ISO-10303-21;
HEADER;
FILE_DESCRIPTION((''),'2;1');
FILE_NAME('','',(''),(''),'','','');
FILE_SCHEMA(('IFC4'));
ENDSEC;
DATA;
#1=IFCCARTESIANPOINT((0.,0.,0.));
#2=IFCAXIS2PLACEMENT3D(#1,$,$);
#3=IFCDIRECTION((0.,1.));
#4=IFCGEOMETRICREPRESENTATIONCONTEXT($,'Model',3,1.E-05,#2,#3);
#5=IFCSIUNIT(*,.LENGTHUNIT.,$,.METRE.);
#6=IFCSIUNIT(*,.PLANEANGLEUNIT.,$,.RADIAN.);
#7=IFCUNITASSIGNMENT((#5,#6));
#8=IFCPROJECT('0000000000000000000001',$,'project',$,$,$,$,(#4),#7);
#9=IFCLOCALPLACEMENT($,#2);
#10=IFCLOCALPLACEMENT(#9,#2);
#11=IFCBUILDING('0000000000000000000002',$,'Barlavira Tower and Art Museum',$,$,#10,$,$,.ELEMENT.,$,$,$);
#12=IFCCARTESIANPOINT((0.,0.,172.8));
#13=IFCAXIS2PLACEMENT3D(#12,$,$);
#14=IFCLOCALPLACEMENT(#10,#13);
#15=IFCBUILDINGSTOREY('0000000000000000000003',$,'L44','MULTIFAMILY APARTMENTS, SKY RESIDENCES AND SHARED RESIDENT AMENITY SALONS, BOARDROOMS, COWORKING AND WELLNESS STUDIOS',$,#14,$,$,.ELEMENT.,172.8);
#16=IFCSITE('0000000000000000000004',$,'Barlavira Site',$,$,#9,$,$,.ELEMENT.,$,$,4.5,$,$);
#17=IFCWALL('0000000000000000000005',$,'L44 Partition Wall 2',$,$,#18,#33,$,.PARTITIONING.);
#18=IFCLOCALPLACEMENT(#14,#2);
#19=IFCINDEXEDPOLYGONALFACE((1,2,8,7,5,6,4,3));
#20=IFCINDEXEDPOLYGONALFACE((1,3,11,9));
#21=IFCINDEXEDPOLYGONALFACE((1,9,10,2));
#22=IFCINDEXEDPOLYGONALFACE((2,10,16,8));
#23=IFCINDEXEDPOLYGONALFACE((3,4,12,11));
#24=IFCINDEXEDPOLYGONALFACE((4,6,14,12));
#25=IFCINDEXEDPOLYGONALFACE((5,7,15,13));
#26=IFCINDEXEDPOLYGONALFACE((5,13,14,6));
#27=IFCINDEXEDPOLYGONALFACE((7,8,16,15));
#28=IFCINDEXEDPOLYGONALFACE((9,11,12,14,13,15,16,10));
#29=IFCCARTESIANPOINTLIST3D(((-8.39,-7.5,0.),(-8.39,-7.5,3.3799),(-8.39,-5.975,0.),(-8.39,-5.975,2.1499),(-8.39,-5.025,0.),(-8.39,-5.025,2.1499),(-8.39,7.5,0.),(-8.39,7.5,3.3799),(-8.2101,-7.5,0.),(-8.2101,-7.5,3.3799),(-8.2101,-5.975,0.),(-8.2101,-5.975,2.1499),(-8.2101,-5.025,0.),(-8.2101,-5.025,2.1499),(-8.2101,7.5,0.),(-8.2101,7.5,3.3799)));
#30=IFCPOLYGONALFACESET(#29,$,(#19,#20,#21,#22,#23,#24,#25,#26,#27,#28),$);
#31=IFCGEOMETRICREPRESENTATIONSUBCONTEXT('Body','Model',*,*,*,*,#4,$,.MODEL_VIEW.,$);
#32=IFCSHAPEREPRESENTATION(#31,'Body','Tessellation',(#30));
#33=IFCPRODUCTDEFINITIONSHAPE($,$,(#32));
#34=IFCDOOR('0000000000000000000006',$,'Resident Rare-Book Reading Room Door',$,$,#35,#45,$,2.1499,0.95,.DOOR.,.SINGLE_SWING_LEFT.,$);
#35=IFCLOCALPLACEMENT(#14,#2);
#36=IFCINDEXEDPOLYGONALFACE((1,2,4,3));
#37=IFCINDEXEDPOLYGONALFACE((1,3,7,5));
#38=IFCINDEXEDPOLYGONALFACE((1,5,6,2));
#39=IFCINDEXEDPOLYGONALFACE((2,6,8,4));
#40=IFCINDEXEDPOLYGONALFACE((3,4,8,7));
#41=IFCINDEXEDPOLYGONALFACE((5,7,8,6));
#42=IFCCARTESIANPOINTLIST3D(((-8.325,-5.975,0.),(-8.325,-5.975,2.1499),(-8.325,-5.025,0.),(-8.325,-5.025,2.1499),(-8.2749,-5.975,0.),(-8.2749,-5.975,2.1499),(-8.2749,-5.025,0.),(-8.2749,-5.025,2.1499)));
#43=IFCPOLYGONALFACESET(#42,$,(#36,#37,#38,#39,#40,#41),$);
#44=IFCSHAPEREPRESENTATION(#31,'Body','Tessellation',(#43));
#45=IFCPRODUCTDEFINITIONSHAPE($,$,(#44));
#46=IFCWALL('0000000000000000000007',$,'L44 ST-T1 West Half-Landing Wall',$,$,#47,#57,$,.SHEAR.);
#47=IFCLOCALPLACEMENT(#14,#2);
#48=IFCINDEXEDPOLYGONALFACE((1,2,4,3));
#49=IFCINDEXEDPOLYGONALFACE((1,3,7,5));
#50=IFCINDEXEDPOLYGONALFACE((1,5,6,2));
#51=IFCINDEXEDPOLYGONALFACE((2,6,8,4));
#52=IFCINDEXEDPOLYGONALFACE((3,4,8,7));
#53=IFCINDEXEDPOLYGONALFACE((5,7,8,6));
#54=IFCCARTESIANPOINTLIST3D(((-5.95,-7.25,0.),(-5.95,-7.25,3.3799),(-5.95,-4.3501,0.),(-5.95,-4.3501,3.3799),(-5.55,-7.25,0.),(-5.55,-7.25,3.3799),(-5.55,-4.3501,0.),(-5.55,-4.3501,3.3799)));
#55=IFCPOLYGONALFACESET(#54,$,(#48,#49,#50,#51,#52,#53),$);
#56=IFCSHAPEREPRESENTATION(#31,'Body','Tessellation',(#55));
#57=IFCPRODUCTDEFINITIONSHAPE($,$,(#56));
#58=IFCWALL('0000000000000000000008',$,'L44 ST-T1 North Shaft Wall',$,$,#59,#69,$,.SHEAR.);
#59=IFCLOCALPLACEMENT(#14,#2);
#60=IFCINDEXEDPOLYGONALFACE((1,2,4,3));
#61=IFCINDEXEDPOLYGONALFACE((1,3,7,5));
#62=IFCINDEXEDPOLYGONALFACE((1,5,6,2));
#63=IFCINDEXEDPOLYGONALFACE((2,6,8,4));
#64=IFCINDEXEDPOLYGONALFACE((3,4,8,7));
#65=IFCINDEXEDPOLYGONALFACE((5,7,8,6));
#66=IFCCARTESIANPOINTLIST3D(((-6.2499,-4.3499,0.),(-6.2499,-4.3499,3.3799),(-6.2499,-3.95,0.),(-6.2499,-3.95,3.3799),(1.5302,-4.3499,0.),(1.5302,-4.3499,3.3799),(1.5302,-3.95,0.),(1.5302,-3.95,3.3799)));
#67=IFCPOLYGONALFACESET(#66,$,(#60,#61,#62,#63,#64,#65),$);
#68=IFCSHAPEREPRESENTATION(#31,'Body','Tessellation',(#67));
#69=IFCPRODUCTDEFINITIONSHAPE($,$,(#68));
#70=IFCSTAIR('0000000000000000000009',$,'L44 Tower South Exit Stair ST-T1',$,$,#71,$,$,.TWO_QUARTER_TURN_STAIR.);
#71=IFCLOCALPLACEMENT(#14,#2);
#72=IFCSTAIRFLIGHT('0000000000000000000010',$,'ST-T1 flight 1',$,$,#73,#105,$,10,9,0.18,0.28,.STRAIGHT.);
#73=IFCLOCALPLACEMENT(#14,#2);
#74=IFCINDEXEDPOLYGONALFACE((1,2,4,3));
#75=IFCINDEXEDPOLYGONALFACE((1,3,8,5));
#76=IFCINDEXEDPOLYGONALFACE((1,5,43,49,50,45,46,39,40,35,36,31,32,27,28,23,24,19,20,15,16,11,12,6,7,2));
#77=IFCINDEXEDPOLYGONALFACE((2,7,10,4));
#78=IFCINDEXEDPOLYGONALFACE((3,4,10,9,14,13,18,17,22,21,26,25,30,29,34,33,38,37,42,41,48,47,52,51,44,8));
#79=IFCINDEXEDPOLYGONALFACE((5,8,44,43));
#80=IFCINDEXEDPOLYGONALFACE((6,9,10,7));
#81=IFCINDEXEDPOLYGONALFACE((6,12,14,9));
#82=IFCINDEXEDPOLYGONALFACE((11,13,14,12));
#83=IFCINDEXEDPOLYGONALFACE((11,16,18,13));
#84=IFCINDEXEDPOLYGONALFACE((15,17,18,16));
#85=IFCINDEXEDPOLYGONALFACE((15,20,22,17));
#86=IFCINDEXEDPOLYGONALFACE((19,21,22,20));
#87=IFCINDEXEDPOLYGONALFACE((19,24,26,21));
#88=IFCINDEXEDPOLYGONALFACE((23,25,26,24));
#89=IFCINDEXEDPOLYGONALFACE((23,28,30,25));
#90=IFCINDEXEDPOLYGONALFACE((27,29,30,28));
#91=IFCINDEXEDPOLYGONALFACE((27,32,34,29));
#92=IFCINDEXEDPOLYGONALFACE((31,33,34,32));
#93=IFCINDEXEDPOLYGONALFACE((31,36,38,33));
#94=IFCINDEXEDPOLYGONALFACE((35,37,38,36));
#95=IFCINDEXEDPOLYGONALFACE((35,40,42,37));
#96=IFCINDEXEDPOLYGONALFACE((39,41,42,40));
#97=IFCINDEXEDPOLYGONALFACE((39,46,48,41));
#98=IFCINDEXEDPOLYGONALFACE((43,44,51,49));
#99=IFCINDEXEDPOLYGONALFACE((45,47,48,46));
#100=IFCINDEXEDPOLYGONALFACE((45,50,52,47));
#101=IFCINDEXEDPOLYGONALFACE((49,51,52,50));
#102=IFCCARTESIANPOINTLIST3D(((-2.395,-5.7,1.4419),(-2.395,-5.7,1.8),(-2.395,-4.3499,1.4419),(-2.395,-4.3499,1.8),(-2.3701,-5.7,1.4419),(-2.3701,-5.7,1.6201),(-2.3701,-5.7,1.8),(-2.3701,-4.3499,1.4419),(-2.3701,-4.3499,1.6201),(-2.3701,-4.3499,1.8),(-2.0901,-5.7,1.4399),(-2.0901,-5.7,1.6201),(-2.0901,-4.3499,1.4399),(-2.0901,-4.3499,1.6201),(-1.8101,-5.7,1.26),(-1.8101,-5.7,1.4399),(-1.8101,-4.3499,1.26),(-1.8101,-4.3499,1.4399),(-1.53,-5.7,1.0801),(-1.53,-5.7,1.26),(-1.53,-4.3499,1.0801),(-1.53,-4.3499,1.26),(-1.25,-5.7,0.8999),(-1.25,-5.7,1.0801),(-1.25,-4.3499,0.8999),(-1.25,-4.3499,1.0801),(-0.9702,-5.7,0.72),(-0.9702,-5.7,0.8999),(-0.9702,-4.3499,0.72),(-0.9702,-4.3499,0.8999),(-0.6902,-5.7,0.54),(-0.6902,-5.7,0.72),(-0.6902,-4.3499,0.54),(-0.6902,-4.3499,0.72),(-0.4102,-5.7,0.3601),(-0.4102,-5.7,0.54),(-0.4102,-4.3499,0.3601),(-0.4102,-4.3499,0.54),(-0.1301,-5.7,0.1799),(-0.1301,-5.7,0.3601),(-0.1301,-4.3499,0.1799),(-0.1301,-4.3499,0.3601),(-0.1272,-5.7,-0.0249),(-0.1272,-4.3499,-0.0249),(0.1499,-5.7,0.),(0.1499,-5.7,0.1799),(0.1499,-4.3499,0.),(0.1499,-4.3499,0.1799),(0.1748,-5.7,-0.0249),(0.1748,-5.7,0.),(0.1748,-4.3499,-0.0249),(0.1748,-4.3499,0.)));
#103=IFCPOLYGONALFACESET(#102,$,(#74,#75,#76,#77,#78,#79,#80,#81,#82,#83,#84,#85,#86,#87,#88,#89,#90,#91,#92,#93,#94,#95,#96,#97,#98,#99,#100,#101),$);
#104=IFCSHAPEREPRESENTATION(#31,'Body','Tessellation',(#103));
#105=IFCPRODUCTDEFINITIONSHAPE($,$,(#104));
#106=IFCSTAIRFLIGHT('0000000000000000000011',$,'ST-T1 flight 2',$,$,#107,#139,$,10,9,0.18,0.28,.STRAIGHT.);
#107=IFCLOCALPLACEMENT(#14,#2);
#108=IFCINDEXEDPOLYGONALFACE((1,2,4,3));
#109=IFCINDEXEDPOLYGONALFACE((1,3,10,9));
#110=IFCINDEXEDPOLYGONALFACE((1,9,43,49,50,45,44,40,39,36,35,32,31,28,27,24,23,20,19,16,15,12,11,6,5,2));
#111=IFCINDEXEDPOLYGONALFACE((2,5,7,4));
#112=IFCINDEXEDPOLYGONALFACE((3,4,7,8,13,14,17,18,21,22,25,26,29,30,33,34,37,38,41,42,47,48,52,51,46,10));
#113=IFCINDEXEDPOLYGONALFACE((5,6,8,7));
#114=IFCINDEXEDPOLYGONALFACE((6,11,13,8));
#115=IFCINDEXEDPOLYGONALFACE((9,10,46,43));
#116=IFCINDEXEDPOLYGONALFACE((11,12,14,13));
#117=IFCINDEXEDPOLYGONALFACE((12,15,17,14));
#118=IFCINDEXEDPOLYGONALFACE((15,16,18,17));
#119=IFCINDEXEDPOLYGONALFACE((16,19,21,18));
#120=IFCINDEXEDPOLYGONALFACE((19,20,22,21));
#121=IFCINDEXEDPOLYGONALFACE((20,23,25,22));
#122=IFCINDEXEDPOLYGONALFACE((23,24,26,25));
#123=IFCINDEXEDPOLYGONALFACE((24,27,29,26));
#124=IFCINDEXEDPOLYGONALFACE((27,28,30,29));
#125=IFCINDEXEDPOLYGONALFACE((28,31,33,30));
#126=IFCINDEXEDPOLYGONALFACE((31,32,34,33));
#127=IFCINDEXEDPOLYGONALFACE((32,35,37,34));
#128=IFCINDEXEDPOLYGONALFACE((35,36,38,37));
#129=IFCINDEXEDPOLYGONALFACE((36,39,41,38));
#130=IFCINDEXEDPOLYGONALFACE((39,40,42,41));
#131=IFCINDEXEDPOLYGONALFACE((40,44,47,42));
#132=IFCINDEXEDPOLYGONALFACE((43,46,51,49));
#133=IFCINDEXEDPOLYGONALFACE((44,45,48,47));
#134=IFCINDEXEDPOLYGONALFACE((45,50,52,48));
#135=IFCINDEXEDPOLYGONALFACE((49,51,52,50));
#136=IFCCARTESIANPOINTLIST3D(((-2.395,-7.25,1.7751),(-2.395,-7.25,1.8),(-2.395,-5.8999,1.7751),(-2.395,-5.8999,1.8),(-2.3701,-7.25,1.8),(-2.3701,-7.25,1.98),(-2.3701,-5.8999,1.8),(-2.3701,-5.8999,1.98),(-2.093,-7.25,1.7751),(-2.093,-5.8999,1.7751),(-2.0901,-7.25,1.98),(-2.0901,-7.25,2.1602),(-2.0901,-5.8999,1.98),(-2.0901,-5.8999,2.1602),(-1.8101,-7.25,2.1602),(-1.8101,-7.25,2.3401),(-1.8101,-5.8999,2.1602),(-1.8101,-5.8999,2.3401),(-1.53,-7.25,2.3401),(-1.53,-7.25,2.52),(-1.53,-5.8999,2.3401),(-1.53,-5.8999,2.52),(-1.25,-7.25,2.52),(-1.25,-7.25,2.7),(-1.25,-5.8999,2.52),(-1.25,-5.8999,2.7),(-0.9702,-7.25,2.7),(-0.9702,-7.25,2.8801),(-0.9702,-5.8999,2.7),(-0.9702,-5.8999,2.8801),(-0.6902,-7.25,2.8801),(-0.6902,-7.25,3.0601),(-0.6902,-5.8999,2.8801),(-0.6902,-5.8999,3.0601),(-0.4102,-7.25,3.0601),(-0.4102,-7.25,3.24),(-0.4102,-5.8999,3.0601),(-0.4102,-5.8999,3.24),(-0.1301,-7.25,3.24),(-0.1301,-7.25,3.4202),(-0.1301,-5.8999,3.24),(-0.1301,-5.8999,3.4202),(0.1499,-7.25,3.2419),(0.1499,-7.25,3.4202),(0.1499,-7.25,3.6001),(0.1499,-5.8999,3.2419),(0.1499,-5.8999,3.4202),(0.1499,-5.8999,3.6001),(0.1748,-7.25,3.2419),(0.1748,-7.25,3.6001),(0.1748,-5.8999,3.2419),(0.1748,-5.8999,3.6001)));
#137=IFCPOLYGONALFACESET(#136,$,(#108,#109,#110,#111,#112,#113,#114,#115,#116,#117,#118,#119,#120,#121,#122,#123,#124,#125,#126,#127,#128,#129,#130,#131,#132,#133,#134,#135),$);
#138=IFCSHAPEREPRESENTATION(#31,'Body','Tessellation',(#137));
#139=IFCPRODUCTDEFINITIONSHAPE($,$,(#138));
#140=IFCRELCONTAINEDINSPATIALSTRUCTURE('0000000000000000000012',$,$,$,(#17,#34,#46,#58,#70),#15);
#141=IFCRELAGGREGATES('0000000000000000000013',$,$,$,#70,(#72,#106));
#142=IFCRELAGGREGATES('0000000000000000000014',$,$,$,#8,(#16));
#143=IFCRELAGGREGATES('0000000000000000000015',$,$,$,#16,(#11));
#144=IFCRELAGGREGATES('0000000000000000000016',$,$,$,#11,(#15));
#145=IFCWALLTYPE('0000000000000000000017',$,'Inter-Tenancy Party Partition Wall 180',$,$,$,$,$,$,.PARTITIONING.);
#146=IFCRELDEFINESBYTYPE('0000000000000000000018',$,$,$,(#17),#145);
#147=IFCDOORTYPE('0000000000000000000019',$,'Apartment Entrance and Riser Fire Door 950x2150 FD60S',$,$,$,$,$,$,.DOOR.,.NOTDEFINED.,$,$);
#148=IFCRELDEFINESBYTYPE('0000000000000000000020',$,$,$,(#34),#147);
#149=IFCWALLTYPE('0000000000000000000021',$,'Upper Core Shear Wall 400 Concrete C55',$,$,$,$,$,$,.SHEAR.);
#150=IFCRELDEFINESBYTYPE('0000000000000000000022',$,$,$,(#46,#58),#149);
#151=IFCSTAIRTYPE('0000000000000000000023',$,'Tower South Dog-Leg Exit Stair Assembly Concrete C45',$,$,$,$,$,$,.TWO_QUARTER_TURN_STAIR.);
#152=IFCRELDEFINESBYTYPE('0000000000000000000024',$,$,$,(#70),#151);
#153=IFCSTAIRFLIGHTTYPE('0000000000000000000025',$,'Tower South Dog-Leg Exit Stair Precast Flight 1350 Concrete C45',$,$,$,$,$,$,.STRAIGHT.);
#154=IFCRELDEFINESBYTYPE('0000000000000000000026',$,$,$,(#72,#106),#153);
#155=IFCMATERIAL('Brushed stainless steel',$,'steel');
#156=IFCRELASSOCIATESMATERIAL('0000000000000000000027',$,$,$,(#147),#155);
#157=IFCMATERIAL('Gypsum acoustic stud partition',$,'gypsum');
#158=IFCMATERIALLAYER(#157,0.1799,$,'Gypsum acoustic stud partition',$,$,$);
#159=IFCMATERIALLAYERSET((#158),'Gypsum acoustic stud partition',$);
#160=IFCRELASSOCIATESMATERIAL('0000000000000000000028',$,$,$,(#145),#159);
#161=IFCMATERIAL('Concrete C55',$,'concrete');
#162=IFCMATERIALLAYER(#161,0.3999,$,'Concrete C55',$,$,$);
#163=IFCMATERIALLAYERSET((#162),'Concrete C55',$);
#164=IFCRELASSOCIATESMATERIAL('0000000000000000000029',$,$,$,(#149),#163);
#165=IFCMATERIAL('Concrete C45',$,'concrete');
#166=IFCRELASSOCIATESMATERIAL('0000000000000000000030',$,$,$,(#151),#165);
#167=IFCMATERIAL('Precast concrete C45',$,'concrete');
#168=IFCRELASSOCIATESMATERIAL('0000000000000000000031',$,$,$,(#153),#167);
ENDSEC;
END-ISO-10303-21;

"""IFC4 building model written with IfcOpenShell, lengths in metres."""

from ifc_helpers import new_model, si_unit, direction, frame, frame_2d, origin, place, context, subcontext, project, spatial, polyline, rectangle, outline, extrude, material, layer, layer_set, type_object, element, fill, aggregate, save


model = new_model("IFC4")

# Units and contexts
model_context = context("Model", 3, precision=1e-05, world=origin(), true_north=direction((0.0, 1.0)))
body_context = subcontext(model_context, "Body", "Model", "MODEL_VIEW")
ifc_project = project(units=[si_unit("LENGTHUNIT", "METRE"), si_unit("PLANEANGLEUNIT", "RADIAN")], contexts=[model_context])

# Site, building, storey
site_placement = place(None, origin())
site = spatial("IfcSite", under=ifc_project, at=site_placement, Name="Barlavira Site", CompositionType="ELEMENT", RefElevation=4.5)
building_placement = place(site_placement, origin())
building = spatial("IfcBuilding", under=site, at=building_placement, Name="Barlavira Tower and Art Museum", CompositionType="ELEMENT")
storey_placement = place(building_placement, frame((0.0, 0.0, 172.8)))
storey = spatial("IfcBuildingStorey", under=building, at=storey_placement, Name="L44", Description="MULTIFAMILY APARTMENTS, SKY RESIDENCES AND SHARED RESIDENT AMENITY SALONS, BOARDROOMS, COWORKING AND WELLNESS STUDIOS", CompositionType="ELEMENT", Elevation=172.8)

# Shared definitions
ifc_material_1 = material(Name="Brushed stainless steel", Category="steel")
door_type = type_object("IfcDoorType", Name="Apartment Entrance and Riser Fire Door 950x2150 FD60S", OperationType="NOTDEFINED", PredefinedType="DOOR", material=ifc_material_1)

# Wall, opening, door
ifc_material_2 = material(Name="Gypsum acoustic stud partition", Category="gypsum")
ifc_layer_1 = layer(ifc_material_2, 0.1799, Name="Gypsum acoustic stud partition")
ifc_layer_set_1 = layer_set([ifc_layer_1], Name="Gypsum acoustic stud partition")
wall_type_1 = type_object("IfcWallType", Name="Inter-Tenancy Party Partition Wall 180", PredefinedType="PARTITIONING", material=ifc_layer_set_1)
wall_1_placement = place(storey_placement, frame((-8.3, -7.5, 0.0), z_axis=(0.0, 0.0, 1.0), x_axis=(0.0, 1.0, 0.0)))
wall_1 = element("IfcWall", 1, at=wall_1_placement, inside=storey, type_object=wall_type_1, Name="L44 Partition Wall 2", PredefinedType="PARTITIONING", context=body_context, shape_type="SweptSolid", body=[
    extrude(rectangle(XDim=15.0, YDim=0.1799, at=frame_2d((7.5, 0.0))), origin(), (0.0, 0.0, 1.0), 3.3799),
])
opening_1_placement = place(wall_1_placement, frame((1.5249, 0.0, 0.0)))
opening_1 = element("IfcOpeningElement", 2, at=opening_1_placement, cuts=wall_1, PredefinedType="OPENING", context=body_context, shape_type="SweptSolid", body=[
    extrude(rectangle(XDim=0.95, YDim=2.1499, at=frame_2d((0.4751, 1.075))), frame((0.0, 0.1001, 0.0), z_axis=(0.0, -1.0, 0.0), x_axis=(1.0, 0.0, 0.0)), (0.0, 0.0, 1.0), 0.2),
])
door_1_placement = place(opening_1_placement, origin())
door_1 = element("IfcDoor", 3, at=door_1_placement, inside=storey, type_object=door_type, Name="Resident Rare-Book Reading Room Door", OperationType="SINGLE_SWING_LEFT", OverallHeight=2.1499, OverallWidth=0.95, PredefinedType="DOOR", context=body_context, shape_type="SweptSolid", body=[
    extrude(rectangle(XDim=0.95, YDim=2.1499, at=frame_2d((0.4751, 1.075))), frame((0.0, 0.0249, 0.0), z_axis=(0.0, -1.0, 0.0), x_axis=(1.0, 0.0, 0.0)), (0.0, 0.0, 1.0), 0.05),
])
fill(opening_1, door_1)

# Walls
ifc_material_3 = material(Name="Concrete C55", Category="concrete")
ifc_layer_2 = layer(ifc_material_3, 0.3999, Name="Concrete C55")
ifc_layer_set_2 = layer_set([ifc_layer_2], Name="Concrete C55")
wall_type_2 = type_object("IfcWallType", Name="Upper Core Shear Wall 400 Concrete C55", PredefinedType="SHEAR", material=ifc_layer_set_2)
wall_2_placement = place(storey_placement, frame((-5.75, -7.25, 0.0), z_axis=(0.0, 0.0, 1.0), x_axis=(0.0, 1.0, 0.0)))
element("IfcWall", 4, at=wall_2_placement, inside=storey, type_object=wall_type_2, Name="L44 ST-T1 West Half-Landing Wall", PredefinedType="SHEAR", context=body_context, shape_type="SweptSolid", body=[
    extrude(rectangle(XDim=2.8999, YDim=0.3999, at=frame_2d((1.45, 0.0))), origin(), (0.0, 0.0, 1.0), 3.3799),
])
wall_3_placement = place(storey_placement, frame((-6.25, -4.1499, 0.0), z_axis=(0.0, 0.0, 1.0), x_axis=(1.0, 0.0, 0.0)))
element("IfcWall", 5, at=wall_3_placement, inside=storey, type_object=wall_type_2, Name="L44 ST-T1 North Shaft Wall", PredefinedType="SHEAR", context=body_context, shape_type="SweptSolid", body=[
    extrude(rectangle(XDim=7.78, YDim=0.3999, at=frame_2d((3.8901, 0.0))), origin(), (0.0, 0.0, 1.0), 3.3799),
])

# Stair, stair flights
ifc_material_4 = material(Name="Concrete C45", Category="concrete")
stair_type = type_object("IfcStairType", Name="Tower South Dog-Leg Exit Stair Assembly Concrete C45", PredefinedType="TWO_QUARTER_TURN_STAIR", material=ifc_material_4)
stair_placement = place(storey_placement, origin())
stair = element("IfcStair", 6, at=stair_placement, inside=storey, type_object=stair_type, Name="L44 Tower South Exit Stair ST-T1", PredefinedType="TWO_QUARTER_TURN_STAIR")
ifc_material_5 = material(Name="Precast concrete C45", Category="concrete")
stair_flight_type = type_object("IfcStairFlightType", Name="Tower South Dog-Leg Exit Stair Precast Flight 1350 Concrete C45", PredefinedType="STRAIGHT", material=ifc_material_5)
stair_flight_1_placement = place(storey_placement, frame((0.1499, -5.0249, 0.0), z_axis=(0.0, 0.0, 1.0), x_axis=(-1.0, 0.0, 0.0)))
stair_flight_1 = element("IfcStairFlight", 7, at=stair_flight_1_placement, type_object=stair_flight_type, Name="ST-T1 flight 1", NumberOfRisers=10, NumberOfTreads=9, PredefinedType="STRAIGHT", RiserHeight=0.18, TreadLength=0.28, context=body_context, shape_type="SweptSolid", body=[
    extrude(outline(polyline([(-0.0249, 0.0), (0.0, 0.0), (0.0, 0.1799), (0.28, 0.1799), (0.28, 0.3601), (0.5601, 0.3601), (0.5601, 0.54), (0.8401, 0.54), (0.8401, 0.72), (1.1201, 0.72), (1.1201, 0.8999), (1.3999, 0.8999), (1.3999, 1.0801), (1.6799, 1.0801), (1.6799, 1.26), (1.96, 1.26), (1.96, 1.4399), (2.24, 1.4399), (2.24, 1.6201), (2.52, 1.6201), (2.52, 1.8), (2.5449, 1.8), (2.5449, 1.4419), (2.52, 1.4419), (0.2771, -0.0249), (-0.0249, -0.0249), (-0.0249, 0.0)])), frame((0.0, 0.675, 0.0), z_axis=(0.0, -1.0, 0.0), x_axis=(1.0, 0.0, 0.0)), (0.0, 0.0, 1.0), 1.3501),
])
stair_flight_2_placement = place(storey_placement, frame((-2.3701, -6.575, 1.8), z_axis=(0.0, 0.0, 1.0), x_axis=(1.0, 0.0, 0.0)))
stair_flight_2 = element("IfcStairFlight", 8, at=stair_flight_2_placement, type_object=stair_flight_type, Name="ST-T1 flight 2", NumberOfRisers=10, NumberOfTreads=9, PredefinedType="STRAIGHT", RiserHeight=0.18, TreadLength=0.28, context=body_context, shape_type="SweptSolid", body=[
    extrude(outline(polyline([(-0.0249, 0.0), (0.0, 0.0), (0.0, 0.1799), (0.28, 0.1799), (0.28, 0.3601), (0.5601, 0.3601), (0.5601, 0.54), (0.8401, 0.54), (0.8401, 0.72), (1.1201, 0.72), (1.1201, 0.8999), (1.3999, 0.8999), (1.3999, 1.0801), (1.6799, 1.0801), (1.6799, 1.26), (1.96, 1.26), (1.96, 1.4399), (2.24, 1.4399), (2.24, 1.6201), (2.52, 1.6201), (2.52, 1.8), (2.5449, 1.8), (2.5449, 1.4419), (2.52, 1.4419), (0.2771, -0.0249), (-0.0249, -0.0249), (-0.0249, 0.0)])), frame((0.0, 0.675, 0.0), z_axis=(0.0, -1.0, 0.0), x_axis=(1.0, 0.0, 0.0)), (0.0, 0.0, 1.0), 1.3501),
])
aggregate(stair, [stair_flight_1, stair_flight_2])

save(model, "model.ifc")
